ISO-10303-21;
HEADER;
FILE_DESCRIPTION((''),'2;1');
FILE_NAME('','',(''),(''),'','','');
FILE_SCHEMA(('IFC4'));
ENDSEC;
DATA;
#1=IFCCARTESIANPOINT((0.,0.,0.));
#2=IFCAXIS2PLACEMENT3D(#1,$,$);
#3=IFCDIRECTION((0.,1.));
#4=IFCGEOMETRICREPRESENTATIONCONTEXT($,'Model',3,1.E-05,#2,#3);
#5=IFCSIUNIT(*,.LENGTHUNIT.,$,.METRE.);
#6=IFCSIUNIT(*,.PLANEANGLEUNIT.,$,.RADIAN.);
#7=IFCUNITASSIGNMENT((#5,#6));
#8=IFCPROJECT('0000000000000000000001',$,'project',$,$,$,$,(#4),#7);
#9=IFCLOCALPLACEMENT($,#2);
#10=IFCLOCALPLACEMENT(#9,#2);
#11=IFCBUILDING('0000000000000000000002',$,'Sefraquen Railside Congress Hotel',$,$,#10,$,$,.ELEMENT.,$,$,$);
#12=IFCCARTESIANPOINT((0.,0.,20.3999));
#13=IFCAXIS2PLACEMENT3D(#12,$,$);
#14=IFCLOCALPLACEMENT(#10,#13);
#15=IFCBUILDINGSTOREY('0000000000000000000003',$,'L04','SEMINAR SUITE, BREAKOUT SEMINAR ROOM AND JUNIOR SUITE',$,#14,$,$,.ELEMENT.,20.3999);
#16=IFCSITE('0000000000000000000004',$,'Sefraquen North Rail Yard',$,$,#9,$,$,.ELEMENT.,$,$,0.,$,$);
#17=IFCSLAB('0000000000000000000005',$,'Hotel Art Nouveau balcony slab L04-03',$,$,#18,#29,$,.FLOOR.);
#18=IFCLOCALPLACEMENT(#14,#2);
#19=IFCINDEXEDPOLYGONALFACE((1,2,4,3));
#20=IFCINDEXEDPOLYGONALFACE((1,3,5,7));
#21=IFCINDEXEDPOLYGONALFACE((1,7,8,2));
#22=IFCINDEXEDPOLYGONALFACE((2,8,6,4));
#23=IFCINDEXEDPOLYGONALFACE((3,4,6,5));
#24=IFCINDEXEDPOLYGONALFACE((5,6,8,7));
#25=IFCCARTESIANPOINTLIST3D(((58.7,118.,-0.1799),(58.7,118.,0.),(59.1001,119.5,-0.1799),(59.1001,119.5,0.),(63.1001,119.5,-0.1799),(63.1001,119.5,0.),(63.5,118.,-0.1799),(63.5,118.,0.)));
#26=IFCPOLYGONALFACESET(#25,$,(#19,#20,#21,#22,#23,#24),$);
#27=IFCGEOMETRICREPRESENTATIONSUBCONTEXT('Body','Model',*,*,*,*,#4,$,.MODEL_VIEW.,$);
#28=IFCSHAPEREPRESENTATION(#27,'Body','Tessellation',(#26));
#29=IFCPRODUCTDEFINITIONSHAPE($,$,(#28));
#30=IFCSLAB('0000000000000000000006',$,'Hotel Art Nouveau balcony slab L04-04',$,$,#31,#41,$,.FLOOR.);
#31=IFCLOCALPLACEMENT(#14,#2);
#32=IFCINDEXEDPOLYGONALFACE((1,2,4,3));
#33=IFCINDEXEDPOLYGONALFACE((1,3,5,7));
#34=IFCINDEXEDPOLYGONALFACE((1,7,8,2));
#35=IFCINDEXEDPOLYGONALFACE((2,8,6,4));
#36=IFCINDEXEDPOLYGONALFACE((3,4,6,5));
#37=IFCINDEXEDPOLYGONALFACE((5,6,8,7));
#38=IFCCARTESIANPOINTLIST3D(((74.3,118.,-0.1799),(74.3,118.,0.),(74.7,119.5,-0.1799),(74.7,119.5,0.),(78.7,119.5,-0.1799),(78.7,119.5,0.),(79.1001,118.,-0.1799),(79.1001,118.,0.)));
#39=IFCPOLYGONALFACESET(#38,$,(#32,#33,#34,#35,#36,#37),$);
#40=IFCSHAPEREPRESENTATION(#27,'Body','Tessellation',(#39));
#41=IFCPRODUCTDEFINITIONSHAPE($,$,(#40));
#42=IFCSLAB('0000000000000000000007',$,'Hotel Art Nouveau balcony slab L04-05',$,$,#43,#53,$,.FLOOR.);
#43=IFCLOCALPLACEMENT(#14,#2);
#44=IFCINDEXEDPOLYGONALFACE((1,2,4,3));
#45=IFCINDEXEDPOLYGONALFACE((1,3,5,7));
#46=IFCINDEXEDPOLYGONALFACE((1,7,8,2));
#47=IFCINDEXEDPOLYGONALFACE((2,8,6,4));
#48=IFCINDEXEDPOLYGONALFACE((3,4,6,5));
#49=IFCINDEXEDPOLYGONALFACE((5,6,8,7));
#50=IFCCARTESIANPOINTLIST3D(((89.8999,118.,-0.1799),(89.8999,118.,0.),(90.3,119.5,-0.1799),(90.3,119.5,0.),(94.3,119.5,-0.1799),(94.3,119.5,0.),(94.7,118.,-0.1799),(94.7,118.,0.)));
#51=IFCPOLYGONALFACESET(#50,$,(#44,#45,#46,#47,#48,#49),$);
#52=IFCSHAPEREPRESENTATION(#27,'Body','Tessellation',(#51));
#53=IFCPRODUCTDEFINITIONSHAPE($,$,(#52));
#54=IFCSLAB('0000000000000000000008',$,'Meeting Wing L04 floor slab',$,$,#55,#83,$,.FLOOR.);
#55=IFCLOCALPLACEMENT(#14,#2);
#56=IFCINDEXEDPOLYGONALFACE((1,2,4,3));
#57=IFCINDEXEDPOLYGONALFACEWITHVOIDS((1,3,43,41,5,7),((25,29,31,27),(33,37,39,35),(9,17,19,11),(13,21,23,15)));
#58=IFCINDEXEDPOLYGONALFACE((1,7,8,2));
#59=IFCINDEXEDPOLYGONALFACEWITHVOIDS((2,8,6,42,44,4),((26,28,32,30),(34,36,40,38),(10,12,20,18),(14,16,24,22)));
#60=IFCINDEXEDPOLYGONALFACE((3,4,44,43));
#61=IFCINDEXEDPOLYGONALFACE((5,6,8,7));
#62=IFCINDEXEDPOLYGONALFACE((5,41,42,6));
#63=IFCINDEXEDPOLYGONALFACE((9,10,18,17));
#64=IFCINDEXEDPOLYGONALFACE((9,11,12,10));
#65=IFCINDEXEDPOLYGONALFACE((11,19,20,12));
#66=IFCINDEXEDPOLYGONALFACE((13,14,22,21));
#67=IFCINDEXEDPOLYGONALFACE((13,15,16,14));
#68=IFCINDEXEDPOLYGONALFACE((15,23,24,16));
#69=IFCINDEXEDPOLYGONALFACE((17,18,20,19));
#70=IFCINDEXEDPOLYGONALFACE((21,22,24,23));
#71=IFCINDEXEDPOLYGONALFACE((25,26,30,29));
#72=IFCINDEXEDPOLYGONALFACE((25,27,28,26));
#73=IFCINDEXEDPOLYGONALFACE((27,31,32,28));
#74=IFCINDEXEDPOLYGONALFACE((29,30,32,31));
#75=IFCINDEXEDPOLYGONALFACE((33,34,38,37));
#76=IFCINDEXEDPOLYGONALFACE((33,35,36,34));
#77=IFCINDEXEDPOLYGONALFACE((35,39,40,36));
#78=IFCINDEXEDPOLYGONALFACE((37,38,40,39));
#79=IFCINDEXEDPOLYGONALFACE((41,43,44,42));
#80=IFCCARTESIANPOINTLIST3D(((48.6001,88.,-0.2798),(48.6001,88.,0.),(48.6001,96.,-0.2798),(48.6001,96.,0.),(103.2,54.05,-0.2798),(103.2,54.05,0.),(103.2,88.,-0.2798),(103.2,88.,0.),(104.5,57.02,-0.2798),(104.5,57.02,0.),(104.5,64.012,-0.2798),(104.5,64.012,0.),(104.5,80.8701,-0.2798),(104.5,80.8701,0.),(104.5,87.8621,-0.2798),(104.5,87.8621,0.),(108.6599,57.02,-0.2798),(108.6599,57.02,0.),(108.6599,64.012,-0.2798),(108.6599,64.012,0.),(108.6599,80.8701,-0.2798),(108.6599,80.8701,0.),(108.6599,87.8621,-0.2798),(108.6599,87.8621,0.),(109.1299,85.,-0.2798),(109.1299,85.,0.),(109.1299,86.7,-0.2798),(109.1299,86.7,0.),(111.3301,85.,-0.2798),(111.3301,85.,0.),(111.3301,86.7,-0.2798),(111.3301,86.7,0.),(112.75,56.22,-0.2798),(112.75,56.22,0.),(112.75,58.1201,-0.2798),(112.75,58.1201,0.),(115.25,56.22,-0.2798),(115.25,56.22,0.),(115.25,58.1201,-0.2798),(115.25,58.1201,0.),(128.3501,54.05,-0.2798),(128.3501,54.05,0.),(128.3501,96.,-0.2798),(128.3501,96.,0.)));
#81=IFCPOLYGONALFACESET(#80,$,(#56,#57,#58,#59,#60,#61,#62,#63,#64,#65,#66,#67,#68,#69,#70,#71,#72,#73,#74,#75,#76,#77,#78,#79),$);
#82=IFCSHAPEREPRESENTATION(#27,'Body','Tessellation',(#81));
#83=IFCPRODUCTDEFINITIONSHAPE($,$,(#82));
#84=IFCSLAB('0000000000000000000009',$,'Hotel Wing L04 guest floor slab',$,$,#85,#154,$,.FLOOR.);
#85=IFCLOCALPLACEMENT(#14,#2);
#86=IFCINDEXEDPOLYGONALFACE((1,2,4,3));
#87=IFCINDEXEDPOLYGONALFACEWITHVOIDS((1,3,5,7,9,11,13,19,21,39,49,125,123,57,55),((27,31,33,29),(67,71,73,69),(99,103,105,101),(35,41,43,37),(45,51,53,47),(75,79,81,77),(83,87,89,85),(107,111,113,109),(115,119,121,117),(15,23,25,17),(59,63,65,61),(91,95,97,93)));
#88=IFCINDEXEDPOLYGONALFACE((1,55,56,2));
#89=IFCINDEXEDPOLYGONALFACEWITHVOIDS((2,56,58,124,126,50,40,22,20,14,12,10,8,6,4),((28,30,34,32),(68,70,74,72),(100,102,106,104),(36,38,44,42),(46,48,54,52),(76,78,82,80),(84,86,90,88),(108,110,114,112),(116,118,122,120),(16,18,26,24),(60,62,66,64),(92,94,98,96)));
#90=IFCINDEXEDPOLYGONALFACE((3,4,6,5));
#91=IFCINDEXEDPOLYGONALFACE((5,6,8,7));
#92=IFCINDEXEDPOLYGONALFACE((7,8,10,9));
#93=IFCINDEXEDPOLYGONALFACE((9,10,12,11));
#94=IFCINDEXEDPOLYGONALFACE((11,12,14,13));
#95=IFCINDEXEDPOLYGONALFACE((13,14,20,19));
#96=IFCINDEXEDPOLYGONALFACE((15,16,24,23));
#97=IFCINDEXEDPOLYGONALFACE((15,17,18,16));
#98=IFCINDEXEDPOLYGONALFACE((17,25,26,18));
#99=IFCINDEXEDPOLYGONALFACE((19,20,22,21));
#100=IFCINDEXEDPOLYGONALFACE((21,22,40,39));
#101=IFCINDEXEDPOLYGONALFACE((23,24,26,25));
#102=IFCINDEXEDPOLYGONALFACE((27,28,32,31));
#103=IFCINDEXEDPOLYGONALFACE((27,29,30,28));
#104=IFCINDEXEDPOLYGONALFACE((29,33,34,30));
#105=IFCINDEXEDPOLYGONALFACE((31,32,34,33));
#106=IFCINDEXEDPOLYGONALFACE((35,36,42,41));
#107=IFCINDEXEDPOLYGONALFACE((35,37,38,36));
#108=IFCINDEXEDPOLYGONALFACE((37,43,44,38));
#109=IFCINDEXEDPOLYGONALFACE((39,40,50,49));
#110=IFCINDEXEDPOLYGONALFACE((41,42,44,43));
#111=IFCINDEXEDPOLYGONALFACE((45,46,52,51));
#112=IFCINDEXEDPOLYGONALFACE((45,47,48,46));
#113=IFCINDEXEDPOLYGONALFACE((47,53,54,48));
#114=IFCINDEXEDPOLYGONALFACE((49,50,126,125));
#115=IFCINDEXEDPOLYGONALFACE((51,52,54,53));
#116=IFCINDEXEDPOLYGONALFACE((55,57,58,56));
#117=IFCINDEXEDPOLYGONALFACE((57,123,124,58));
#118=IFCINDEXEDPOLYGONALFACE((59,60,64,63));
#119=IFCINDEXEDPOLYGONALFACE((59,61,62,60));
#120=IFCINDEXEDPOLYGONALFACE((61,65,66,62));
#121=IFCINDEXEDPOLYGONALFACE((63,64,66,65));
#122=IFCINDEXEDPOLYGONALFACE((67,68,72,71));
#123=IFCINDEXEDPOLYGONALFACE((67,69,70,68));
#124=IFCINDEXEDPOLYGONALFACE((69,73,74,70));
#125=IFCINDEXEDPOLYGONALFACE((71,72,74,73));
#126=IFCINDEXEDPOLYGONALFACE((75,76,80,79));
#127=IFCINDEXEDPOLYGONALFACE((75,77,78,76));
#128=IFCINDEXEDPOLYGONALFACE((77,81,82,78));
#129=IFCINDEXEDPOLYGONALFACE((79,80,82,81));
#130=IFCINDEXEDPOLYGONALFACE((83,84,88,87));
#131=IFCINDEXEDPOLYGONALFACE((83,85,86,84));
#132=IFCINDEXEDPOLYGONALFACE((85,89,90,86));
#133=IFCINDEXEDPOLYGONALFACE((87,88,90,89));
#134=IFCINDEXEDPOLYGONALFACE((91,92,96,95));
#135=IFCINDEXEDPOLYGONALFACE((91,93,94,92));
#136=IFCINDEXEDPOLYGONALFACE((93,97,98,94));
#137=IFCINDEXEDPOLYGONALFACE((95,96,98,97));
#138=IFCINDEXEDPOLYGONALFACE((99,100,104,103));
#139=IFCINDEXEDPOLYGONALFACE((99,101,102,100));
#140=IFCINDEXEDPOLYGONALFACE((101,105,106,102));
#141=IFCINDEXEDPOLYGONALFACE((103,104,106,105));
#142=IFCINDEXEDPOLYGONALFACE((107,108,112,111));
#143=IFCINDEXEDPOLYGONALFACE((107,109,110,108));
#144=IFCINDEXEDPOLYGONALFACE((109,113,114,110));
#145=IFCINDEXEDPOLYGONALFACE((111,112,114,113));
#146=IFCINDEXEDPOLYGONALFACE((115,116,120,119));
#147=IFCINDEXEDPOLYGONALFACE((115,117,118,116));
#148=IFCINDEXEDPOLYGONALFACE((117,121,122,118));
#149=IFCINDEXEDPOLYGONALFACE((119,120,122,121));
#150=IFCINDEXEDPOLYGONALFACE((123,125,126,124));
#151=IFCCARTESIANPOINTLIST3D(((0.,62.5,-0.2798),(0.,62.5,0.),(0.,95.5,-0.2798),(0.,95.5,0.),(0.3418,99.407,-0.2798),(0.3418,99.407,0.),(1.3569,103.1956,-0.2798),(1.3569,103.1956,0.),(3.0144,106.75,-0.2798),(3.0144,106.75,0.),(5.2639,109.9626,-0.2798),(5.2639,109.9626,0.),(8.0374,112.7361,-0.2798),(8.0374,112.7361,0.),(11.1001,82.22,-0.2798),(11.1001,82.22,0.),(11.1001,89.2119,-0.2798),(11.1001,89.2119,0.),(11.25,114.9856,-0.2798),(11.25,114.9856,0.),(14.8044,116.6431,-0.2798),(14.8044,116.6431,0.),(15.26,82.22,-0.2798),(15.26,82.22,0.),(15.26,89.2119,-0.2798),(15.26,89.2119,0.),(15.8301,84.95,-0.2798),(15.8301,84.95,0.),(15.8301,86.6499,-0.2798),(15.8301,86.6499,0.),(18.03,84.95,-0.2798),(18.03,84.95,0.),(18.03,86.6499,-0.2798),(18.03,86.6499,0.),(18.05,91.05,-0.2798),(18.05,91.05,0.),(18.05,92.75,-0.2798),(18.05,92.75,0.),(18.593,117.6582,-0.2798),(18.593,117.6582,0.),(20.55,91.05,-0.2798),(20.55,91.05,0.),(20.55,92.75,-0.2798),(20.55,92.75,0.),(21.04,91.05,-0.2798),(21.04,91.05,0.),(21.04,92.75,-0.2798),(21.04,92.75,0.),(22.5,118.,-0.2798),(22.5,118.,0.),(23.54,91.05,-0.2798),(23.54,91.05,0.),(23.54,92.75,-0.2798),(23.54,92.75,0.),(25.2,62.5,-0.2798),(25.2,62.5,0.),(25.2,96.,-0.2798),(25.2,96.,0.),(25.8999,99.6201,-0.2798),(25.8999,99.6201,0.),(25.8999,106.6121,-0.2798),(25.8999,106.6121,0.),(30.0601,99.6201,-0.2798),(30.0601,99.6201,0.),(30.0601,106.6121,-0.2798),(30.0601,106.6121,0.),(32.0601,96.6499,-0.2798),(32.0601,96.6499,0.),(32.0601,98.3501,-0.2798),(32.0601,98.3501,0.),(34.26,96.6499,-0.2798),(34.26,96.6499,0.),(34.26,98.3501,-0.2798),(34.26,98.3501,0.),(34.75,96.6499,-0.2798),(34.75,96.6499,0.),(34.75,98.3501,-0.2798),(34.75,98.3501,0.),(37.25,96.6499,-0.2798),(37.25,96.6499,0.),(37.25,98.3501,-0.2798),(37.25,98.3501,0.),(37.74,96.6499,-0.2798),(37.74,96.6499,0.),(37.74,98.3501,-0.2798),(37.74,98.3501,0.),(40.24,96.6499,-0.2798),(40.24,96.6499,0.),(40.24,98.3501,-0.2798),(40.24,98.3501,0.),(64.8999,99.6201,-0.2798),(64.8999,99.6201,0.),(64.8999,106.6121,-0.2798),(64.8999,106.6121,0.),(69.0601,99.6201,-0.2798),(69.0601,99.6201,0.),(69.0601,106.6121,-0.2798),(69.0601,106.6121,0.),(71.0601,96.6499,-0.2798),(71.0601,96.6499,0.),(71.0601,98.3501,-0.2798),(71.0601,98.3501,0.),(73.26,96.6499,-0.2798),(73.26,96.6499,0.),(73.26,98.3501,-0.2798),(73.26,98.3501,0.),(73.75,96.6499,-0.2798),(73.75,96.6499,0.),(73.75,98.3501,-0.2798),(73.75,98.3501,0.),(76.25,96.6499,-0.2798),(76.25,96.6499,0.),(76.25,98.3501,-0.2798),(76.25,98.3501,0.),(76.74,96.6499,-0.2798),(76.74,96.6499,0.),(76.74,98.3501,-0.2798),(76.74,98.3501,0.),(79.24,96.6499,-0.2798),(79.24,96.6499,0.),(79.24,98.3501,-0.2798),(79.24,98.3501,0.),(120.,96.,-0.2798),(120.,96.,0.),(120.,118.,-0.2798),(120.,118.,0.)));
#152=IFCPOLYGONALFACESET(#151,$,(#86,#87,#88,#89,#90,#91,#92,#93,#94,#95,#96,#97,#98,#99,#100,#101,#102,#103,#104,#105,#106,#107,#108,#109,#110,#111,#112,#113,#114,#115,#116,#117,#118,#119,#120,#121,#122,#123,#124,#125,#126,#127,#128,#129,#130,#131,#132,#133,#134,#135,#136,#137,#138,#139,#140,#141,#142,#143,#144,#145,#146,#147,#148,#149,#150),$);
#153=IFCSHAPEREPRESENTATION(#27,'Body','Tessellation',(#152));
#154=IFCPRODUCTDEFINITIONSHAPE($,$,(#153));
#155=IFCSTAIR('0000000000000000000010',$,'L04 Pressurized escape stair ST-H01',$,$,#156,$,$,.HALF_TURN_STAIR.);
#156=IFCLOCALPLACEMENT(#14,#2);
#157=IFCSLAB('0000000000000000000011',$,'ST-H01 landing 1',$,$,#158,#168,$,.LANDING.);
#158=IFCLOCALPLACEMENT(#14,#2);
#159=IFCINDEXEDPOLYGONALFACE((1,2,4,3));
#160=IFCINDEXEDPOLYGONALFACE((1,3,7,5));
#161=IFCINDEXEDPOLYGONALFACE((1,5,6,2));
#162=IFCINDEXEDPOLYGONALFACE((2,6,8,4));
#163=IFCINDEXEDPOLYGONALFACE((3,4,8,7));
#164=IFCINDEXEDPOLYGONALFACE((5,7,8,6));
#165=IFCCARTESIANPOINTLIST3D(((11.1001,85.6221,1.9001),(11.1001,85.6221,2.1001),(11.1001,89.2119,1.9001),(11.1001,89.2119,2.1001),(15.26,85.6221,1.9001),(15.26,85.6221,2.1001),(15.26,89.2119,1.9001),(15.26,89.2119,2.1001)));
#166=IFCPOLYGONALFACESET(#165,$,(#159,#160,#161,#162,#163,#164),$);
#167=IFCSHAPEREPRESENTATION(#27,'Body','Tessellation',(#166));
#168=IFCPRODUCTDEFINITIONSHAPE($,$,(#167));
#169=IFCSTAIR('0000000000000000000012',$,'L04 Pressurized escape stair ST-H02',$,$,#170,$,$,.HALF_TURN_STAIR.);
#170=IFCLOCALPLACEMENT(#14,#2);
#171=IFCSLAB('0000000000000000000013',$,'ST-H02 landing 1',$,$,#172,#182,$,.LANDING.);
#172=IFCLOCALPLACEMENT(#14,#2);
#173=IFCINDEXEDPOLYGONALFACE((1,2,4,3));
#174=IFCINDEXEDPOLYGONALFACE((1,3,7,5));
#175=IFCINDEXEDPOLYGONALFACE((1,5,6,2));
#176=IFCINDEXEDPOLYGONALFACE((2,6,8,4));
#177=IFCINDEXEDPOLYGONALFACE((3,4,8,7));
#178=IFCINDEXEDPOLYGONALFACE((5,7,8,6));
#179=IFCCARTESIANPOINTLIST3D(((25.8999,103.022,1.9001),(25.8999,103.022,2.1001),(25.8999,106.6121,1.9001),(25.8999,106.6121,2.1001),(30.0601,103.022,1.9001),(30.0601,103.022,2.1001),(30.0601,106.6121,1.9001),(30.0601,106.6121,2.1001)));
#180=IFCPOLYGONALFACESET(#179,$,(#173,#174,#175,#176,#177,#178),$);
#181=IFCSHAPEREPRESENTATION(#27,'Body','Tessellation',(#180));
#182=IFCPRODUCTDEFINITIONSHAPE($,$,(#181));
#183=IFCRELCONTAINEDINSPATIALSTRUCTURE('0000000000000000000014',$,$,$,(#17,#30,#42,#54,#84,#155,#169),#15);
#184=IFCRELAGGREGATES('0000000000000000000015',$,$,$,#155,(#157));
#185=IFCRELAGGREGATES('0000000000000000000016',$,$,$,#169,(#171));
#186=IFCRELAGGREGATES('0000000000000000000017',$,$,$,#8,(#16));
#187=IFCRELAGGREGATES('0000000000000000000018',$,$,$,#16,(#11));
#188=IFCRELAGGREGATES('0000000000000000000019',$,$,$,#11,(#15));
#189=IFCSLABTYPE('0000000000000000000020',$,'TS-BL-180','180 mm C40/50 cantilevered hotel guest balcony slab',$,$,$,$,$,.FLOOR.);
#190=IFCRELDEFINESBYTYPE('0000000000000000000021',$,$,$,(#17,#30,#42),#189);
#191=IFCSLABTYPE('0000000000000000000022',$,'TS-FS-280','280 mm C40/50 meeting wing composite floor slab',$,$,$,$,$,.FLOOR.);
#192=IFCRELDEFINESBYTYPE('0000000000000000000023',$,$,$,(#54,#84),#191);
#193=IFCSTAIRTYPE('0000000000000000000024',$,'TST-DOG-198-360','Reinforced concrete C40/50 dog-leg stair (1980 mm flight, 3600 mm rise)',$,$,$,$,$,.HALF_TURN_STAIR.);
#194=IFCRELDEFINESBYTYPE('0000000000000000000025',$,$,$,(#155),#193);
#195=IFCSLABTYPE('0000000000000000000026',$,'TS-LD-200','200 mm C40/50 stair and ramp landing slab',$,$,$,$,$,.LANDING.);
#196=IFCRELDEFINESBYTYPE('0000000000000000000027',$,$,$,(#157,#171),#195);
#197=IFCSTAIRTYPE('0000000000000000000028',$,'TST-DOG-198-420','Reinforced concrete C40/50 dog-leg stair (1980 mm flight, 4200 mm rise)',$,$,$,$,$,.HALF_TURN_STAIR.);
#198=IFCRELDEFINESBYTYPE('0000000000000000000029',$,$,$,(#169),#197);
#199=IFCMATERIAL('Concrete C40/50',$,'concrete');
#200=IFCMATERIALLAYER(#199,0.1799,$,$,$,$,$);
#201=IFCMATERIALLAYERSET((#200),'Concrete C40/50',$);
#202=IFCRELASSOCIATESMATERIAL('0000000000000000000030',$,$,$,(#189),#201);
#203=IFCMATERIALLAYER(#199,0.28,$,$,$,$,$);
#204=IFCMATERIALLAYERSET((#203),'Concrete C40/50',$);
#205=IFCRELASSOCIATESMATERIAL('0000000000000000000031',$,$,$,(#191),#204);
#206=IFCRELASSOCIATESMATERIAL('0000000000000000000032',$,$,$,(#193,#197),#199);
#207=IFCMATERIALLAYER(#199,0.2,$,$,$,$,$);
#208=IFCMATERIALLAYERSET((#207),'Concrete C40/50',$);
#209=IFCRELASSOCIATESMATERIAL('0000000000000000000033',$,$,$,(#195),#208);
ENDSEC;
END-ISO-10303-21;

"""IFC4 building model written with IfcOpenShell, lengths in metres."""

from ifc_helpers import new_model, si_unit, direction, frame, origin, place, context, subcontext, project, spatial, polyline, outline, extrude, material, layer, layer_set, type_object, element, aggregate, save


model = new_model("IFC4")

# Units and contexts
model_context = context("Model", 3, precision=1e-05, world=origin(), true_north=direction((0.0, 1.0)))
body_context = subcontext(model_context, "Body", "Model", "MODEL_VIEW")
ifc_project = project(units=[si_unit("LENGTHUNIT", "METRE"), si_unit("PLANEANGLEUNIT", "RADIAN")], contexts=[model_context])

# Site, building, storey
site_placement = place(None, origin())
site = spatial("IfcSite", under=ifc_project, at=site_placement, Name="Sefraquen North Rail Yard", CompositionType="ELEMENT", RefElevation=0.0)
building_placement = place(site_placement, origin())
building = spatial("IfcBuilding", under=site, at=building_placement, Name="Sefraquen Railside Congress Hotel", CompositionType="ELEMENT")
storey_placement = place(building_placement, frame((0.0, 0.0, 20.3999)))
storey = spatial("IfcBuildingStorey", under=building, at=storey_placement, Name="L04", Description="SEMINAR SUITE, BREAKOUT SEMINAR ROOM AND JUNIOR SUITE", CompositionType="ELEMENT", Elevation=20.3999)

# Slabs
ifc_material_1 = material(Name="Concrete C40/50", Category="concrete")
ifc_layer_1 = layer(ifc_material_1, 0.1799)
ifc_layer_set_1 = layer_set([ifc_layer_1], Name="Concrete C40/50")
slab_type_1 = type_object("IfcSlabType", Name="TS-BL-180", Description="180 mm C40/50 cantilevered hotel guest balcony slab", PredefinedType="FLOOR", material=ifc_layer_set_1)
slab_1_placement = place(storey_placement, frame((0.0, 0.0, -0.1799)))
element("IfcSlab", 1, at=slab_1_placement, inside=storey, type_object=slab_type_1, Name="Hotel Art Nouveau balcony slab L04-03", PredefinedType="FLOOR", context=body_context, shape_type="SweptSolid", body=[
    extrude(outline(polyline([(58.7, 118.0), (63.5, 118.0), (63.1001, 119.5), (59.1001, 119.5), (58.7, 118.0)])), origin(), (0.0, 0.0, 1.0), 0.1799),
])
slab_2_placement = place(storey_placement, frame((0.0, 0.0, -0.1799)))
element("IfcSlab", 2, at=slab_2_placement, inside=storey, type_object=slab_type_1, Name="Hotel Art Nouveau balcony slab L04-04", PredefinedType="FLOOR", context=body_context, shape_type="SweptSolid", body=[
    extrude(outline(polyline([(74.3, 118.0), (79.1001, 118.0), (78.7, 119.5), (74.7, 119.5), (74.3, 118.0)])), origin(), (0.0, 0.0, 1.0), 0.1799),
])
slab_3_placement = place(storey_placement, frame((0.0, 0.0, -0.1799)))
element("IfcSlab", 3, at=slab_3_placement, inside=storey, type_object=slab_type_1, Name="Hotel Art Nouveau balcony slab L04-05", PredefinedType="FLOOR", context=body_context, shape_type="SweptSolid", body=[
    extrude(outline(polyline([(89.8999, 118.0), (94.7, 118.0), (94.3, 119.5), (90.3, 119.5), (89.8999, 118.0)])), origin(), (0.0, 0.0, 1.0), 0.1799),
])
ifc_layer_2 = layer(ifc_material_1, 0.28)
ifc_layer_set_2 = layer_set([ifc_layer_2], Name="Concrete C40/50")
slab_type_2 = type_object("IfcSlabType", Name="TS-FS-280", Description="280 mm C40/50 meeting wing composite floor slab", PredefinedType="FLOOR", material=ifc_layer_set_2)
slab_4_placement = place(storey_placement, frame((0.0, 0.0, -0.2798)))
element("IfcSlab", 4, at=slab_4_placement, inside=storey, type_object=slab_type_2, Name="Meeting Wing L04 floor slab", PredefinedType="FLOOR", context=body_context, shape_type="SweptSolid", body=[
    extrude(outline(polyline([(48.6001, 88.0), (103.2, 88.0), (103.2, 54.05), (128.3501, 54.05), (128.3501, 96.0), (48.6001, 96.0), (48.6001, 88.0)]), holes=[polyline([(104.5, 80.8701), (108.6599, 80.8701), (108.6599, 87.8621), (104.5, 87.8621), (104.5, 80.8701)]), polyline([(104.5, 57.02), (108.6599, 57.02), (108.6599, 64.012), (104.5, 64.012), (104.5, 57.02)]), polyline([(109.1299, 85.0), (111.3301, 85.0), (111.3301, 86.7), (109.1299, 86.7), (109.1299, 85.0)]), polyline([(112.75, 56.22), (115.25, 56.22), (115.25, 58.1201), (112.75, 58.1201), (112.75, 56.22)])]), origin(), (0.0, 0.0, 1.0), 0.2798),
])
slab_5_placement = place(storey_placement, frame((0.0, 0.0, -0.2798)))
element("IfcSlab", 5, at=slab_5_placement, inside=storey, type_object=slab_type_2, Name="Hotel Wing L04 guest floor slab", PredefinedType="FLOOR", context=body_context, shape_type="SweptSolid", body=[
    extrude(outline(polyline([(0.0, 62.5), (25.2, 62.5), (25.2, 96.0), (120.0, 96.0), (120.0, 118.0), (22.5, 118.0), (18.593, 117.6582), (14.8044, 116.6431), (11.25, 114.9856), (8.0374, 112.7361), (5.2639, 109.9626), (3.0144, 106.75), (1.3569, 103.1956), (0.3418, 99.407), (0.0, 95.5), (0.0, 62.5)]), holes=[polyline([(11.1001, 82.22), (15.26, 82.22), (15.26, 89.2119), (11.1001, 89.2119), (11.1001, 82.22)]), polyline([(25.8999, 99.6201), (30.0601, 99.6201), (30.0601, 106.6121), (25.8999, 106.6121), (25.8999, 99.6201)]), polyline([(64.8999, 99.6201), (69.0601, 99.6201), (69.0601, 106.6121), (64.8999, 106.6121), (64.8999, 99.6201)]), polyline([(15.8301, 84.95), (18.03, 84.95), (18.03, 86.6499), (15.8301, 86.6499), (15.8301, 84.95)]), polyline([(32.0601, 96.6499), (34.26, 96.6499), (34.26, 98.3501), (32.0601, 98.3501), (32.0601, 96.6499)]), polyline([(71.0601, 96.6499), (73.26, 96.6499), (73.26, 98.3501), (71.0601, 98.3501), (71.0601, 96.6499)]), polyline([(18.05, 91.05), (20.55, 91.05), (20.55, 92.75), (18.05, 92.75), (18.05, 91.05)]), polyline([(21.04, 91.05), (23.54, 91.05), (23.54, 92.75), (21.04, 92.75), (21.04, 91.05)]), polyline([(34.75, 96.6499), (37.25, 96.6499), (37.25, 98.3501), (34.75, 98.3501), (34.75, 96.6499)]), polyline([(37.74, 96.6499), (40.24, 96.6499), (40.24, 98.3501), (37.74, 98.3501), (37.74, 96.6499)]), polyline([(73.75, 96.6499), (76.25, 96.6499), (76.25, 98.3501), (73.75, 98.3501), (73.75, 96.6499)]), polyline([(76.74, 96.6499), (79.24, 96.6499), (79.24, 98.3501), (76.74, 98.3501), (76.74, 96.6499)])]), origin(), (0.0, 0.0, 1.0), 0.2798),
])

# Stairs, slabs
stair_type_1 = type_object("IfcStairType", Name="TST-DOG-198-360", Description="Reinforced concrete C40/50 dog-leg stair (1980 mm flight, 3600 mm rise)", PredefinedType="HALF_TURN_STAIR", material=ifc_material_1)
stair_1_placement = place(storey_placement, origin())
stair_1 = element("IfcStair", 6, at=stair_1_placement, inside=storey, type_object=stair_type_1, Name="L04 Pressurized escape stair ST-H01", PredefinedType="HALF_TURN_STAIR")
ifc_layer_3 = layer(ifc_material_1, 0.2)
ifc_layer_set_3 = layer_set([ifc_layer_3], Name="Concrete C40/50")
slab_type_3 = type_object("IfcSlabType", Name="TS-LD-200", Description="200 mm C40/50 stair and ramp landing slab", PredefinedType="LANDING", material=ifc_layer_set_3)
slab_6_placement = place(storey_placement, frame((0.0, 0.0, 1.9001)))
slab_6 = element("IfcSlab", 7, at=slab_6_placement, type_object=slab_type_3, Name="ST-H01 landing 1", PredefinedType="LANDING", context=body_context, shape_type="SweptSolid", body=[
    extrude(outline(polyline([(15.26, 85.6221), (15.26, 89.2119), (11.1001, 89.2119), (11.1001, 85.6221), (15.26, 85.6221)])), origin(), (0.0, 0.0, 1.0), 0.2),
])
aggregate(stair_1, [slab_6])
stair_type_2 = type_object("IfcStairType", Name="TST-DOG-198-420", Description="Reinforced concrete C40/50 dog-leg stair (1980 mm flight, 4200 mm rise)", PredefinedType="HALF_TURN_STAIR", material=ifc_material_1)
stair_2_placement = place(storey_placement, origin())
stair_2 = element("IfcStair", 8, at=stair_2_placement, inside=storey, type_object=stair_type_2, Name="L04 Pressurized escape stair ST-H02", PredefinedType="HALF_TURN_STAIR")
slab_7_placement = place(storey_placement, frame((0.0, 0.0, 1.9001)))
slab_7 = element("IfcSlab", 9, at=slab_7_placement, type_object=slab_type_3, Name="ST-H02 landing 1", PredefinedType="LANDING", context=body_context, shape_type="SweptSolid", body=[
    extrude(outline(polyline([(30.0601, 103.022), (30.0601, 106.6121), (25.8999, 106.6121), (25.8999, 103.022), (30.0601, 103.022)])), origin(), (0.0, 0.0, 1.0), 0.2),
])
aggregate(stair_2, [slab_7])

save(model, "model.ifc")
